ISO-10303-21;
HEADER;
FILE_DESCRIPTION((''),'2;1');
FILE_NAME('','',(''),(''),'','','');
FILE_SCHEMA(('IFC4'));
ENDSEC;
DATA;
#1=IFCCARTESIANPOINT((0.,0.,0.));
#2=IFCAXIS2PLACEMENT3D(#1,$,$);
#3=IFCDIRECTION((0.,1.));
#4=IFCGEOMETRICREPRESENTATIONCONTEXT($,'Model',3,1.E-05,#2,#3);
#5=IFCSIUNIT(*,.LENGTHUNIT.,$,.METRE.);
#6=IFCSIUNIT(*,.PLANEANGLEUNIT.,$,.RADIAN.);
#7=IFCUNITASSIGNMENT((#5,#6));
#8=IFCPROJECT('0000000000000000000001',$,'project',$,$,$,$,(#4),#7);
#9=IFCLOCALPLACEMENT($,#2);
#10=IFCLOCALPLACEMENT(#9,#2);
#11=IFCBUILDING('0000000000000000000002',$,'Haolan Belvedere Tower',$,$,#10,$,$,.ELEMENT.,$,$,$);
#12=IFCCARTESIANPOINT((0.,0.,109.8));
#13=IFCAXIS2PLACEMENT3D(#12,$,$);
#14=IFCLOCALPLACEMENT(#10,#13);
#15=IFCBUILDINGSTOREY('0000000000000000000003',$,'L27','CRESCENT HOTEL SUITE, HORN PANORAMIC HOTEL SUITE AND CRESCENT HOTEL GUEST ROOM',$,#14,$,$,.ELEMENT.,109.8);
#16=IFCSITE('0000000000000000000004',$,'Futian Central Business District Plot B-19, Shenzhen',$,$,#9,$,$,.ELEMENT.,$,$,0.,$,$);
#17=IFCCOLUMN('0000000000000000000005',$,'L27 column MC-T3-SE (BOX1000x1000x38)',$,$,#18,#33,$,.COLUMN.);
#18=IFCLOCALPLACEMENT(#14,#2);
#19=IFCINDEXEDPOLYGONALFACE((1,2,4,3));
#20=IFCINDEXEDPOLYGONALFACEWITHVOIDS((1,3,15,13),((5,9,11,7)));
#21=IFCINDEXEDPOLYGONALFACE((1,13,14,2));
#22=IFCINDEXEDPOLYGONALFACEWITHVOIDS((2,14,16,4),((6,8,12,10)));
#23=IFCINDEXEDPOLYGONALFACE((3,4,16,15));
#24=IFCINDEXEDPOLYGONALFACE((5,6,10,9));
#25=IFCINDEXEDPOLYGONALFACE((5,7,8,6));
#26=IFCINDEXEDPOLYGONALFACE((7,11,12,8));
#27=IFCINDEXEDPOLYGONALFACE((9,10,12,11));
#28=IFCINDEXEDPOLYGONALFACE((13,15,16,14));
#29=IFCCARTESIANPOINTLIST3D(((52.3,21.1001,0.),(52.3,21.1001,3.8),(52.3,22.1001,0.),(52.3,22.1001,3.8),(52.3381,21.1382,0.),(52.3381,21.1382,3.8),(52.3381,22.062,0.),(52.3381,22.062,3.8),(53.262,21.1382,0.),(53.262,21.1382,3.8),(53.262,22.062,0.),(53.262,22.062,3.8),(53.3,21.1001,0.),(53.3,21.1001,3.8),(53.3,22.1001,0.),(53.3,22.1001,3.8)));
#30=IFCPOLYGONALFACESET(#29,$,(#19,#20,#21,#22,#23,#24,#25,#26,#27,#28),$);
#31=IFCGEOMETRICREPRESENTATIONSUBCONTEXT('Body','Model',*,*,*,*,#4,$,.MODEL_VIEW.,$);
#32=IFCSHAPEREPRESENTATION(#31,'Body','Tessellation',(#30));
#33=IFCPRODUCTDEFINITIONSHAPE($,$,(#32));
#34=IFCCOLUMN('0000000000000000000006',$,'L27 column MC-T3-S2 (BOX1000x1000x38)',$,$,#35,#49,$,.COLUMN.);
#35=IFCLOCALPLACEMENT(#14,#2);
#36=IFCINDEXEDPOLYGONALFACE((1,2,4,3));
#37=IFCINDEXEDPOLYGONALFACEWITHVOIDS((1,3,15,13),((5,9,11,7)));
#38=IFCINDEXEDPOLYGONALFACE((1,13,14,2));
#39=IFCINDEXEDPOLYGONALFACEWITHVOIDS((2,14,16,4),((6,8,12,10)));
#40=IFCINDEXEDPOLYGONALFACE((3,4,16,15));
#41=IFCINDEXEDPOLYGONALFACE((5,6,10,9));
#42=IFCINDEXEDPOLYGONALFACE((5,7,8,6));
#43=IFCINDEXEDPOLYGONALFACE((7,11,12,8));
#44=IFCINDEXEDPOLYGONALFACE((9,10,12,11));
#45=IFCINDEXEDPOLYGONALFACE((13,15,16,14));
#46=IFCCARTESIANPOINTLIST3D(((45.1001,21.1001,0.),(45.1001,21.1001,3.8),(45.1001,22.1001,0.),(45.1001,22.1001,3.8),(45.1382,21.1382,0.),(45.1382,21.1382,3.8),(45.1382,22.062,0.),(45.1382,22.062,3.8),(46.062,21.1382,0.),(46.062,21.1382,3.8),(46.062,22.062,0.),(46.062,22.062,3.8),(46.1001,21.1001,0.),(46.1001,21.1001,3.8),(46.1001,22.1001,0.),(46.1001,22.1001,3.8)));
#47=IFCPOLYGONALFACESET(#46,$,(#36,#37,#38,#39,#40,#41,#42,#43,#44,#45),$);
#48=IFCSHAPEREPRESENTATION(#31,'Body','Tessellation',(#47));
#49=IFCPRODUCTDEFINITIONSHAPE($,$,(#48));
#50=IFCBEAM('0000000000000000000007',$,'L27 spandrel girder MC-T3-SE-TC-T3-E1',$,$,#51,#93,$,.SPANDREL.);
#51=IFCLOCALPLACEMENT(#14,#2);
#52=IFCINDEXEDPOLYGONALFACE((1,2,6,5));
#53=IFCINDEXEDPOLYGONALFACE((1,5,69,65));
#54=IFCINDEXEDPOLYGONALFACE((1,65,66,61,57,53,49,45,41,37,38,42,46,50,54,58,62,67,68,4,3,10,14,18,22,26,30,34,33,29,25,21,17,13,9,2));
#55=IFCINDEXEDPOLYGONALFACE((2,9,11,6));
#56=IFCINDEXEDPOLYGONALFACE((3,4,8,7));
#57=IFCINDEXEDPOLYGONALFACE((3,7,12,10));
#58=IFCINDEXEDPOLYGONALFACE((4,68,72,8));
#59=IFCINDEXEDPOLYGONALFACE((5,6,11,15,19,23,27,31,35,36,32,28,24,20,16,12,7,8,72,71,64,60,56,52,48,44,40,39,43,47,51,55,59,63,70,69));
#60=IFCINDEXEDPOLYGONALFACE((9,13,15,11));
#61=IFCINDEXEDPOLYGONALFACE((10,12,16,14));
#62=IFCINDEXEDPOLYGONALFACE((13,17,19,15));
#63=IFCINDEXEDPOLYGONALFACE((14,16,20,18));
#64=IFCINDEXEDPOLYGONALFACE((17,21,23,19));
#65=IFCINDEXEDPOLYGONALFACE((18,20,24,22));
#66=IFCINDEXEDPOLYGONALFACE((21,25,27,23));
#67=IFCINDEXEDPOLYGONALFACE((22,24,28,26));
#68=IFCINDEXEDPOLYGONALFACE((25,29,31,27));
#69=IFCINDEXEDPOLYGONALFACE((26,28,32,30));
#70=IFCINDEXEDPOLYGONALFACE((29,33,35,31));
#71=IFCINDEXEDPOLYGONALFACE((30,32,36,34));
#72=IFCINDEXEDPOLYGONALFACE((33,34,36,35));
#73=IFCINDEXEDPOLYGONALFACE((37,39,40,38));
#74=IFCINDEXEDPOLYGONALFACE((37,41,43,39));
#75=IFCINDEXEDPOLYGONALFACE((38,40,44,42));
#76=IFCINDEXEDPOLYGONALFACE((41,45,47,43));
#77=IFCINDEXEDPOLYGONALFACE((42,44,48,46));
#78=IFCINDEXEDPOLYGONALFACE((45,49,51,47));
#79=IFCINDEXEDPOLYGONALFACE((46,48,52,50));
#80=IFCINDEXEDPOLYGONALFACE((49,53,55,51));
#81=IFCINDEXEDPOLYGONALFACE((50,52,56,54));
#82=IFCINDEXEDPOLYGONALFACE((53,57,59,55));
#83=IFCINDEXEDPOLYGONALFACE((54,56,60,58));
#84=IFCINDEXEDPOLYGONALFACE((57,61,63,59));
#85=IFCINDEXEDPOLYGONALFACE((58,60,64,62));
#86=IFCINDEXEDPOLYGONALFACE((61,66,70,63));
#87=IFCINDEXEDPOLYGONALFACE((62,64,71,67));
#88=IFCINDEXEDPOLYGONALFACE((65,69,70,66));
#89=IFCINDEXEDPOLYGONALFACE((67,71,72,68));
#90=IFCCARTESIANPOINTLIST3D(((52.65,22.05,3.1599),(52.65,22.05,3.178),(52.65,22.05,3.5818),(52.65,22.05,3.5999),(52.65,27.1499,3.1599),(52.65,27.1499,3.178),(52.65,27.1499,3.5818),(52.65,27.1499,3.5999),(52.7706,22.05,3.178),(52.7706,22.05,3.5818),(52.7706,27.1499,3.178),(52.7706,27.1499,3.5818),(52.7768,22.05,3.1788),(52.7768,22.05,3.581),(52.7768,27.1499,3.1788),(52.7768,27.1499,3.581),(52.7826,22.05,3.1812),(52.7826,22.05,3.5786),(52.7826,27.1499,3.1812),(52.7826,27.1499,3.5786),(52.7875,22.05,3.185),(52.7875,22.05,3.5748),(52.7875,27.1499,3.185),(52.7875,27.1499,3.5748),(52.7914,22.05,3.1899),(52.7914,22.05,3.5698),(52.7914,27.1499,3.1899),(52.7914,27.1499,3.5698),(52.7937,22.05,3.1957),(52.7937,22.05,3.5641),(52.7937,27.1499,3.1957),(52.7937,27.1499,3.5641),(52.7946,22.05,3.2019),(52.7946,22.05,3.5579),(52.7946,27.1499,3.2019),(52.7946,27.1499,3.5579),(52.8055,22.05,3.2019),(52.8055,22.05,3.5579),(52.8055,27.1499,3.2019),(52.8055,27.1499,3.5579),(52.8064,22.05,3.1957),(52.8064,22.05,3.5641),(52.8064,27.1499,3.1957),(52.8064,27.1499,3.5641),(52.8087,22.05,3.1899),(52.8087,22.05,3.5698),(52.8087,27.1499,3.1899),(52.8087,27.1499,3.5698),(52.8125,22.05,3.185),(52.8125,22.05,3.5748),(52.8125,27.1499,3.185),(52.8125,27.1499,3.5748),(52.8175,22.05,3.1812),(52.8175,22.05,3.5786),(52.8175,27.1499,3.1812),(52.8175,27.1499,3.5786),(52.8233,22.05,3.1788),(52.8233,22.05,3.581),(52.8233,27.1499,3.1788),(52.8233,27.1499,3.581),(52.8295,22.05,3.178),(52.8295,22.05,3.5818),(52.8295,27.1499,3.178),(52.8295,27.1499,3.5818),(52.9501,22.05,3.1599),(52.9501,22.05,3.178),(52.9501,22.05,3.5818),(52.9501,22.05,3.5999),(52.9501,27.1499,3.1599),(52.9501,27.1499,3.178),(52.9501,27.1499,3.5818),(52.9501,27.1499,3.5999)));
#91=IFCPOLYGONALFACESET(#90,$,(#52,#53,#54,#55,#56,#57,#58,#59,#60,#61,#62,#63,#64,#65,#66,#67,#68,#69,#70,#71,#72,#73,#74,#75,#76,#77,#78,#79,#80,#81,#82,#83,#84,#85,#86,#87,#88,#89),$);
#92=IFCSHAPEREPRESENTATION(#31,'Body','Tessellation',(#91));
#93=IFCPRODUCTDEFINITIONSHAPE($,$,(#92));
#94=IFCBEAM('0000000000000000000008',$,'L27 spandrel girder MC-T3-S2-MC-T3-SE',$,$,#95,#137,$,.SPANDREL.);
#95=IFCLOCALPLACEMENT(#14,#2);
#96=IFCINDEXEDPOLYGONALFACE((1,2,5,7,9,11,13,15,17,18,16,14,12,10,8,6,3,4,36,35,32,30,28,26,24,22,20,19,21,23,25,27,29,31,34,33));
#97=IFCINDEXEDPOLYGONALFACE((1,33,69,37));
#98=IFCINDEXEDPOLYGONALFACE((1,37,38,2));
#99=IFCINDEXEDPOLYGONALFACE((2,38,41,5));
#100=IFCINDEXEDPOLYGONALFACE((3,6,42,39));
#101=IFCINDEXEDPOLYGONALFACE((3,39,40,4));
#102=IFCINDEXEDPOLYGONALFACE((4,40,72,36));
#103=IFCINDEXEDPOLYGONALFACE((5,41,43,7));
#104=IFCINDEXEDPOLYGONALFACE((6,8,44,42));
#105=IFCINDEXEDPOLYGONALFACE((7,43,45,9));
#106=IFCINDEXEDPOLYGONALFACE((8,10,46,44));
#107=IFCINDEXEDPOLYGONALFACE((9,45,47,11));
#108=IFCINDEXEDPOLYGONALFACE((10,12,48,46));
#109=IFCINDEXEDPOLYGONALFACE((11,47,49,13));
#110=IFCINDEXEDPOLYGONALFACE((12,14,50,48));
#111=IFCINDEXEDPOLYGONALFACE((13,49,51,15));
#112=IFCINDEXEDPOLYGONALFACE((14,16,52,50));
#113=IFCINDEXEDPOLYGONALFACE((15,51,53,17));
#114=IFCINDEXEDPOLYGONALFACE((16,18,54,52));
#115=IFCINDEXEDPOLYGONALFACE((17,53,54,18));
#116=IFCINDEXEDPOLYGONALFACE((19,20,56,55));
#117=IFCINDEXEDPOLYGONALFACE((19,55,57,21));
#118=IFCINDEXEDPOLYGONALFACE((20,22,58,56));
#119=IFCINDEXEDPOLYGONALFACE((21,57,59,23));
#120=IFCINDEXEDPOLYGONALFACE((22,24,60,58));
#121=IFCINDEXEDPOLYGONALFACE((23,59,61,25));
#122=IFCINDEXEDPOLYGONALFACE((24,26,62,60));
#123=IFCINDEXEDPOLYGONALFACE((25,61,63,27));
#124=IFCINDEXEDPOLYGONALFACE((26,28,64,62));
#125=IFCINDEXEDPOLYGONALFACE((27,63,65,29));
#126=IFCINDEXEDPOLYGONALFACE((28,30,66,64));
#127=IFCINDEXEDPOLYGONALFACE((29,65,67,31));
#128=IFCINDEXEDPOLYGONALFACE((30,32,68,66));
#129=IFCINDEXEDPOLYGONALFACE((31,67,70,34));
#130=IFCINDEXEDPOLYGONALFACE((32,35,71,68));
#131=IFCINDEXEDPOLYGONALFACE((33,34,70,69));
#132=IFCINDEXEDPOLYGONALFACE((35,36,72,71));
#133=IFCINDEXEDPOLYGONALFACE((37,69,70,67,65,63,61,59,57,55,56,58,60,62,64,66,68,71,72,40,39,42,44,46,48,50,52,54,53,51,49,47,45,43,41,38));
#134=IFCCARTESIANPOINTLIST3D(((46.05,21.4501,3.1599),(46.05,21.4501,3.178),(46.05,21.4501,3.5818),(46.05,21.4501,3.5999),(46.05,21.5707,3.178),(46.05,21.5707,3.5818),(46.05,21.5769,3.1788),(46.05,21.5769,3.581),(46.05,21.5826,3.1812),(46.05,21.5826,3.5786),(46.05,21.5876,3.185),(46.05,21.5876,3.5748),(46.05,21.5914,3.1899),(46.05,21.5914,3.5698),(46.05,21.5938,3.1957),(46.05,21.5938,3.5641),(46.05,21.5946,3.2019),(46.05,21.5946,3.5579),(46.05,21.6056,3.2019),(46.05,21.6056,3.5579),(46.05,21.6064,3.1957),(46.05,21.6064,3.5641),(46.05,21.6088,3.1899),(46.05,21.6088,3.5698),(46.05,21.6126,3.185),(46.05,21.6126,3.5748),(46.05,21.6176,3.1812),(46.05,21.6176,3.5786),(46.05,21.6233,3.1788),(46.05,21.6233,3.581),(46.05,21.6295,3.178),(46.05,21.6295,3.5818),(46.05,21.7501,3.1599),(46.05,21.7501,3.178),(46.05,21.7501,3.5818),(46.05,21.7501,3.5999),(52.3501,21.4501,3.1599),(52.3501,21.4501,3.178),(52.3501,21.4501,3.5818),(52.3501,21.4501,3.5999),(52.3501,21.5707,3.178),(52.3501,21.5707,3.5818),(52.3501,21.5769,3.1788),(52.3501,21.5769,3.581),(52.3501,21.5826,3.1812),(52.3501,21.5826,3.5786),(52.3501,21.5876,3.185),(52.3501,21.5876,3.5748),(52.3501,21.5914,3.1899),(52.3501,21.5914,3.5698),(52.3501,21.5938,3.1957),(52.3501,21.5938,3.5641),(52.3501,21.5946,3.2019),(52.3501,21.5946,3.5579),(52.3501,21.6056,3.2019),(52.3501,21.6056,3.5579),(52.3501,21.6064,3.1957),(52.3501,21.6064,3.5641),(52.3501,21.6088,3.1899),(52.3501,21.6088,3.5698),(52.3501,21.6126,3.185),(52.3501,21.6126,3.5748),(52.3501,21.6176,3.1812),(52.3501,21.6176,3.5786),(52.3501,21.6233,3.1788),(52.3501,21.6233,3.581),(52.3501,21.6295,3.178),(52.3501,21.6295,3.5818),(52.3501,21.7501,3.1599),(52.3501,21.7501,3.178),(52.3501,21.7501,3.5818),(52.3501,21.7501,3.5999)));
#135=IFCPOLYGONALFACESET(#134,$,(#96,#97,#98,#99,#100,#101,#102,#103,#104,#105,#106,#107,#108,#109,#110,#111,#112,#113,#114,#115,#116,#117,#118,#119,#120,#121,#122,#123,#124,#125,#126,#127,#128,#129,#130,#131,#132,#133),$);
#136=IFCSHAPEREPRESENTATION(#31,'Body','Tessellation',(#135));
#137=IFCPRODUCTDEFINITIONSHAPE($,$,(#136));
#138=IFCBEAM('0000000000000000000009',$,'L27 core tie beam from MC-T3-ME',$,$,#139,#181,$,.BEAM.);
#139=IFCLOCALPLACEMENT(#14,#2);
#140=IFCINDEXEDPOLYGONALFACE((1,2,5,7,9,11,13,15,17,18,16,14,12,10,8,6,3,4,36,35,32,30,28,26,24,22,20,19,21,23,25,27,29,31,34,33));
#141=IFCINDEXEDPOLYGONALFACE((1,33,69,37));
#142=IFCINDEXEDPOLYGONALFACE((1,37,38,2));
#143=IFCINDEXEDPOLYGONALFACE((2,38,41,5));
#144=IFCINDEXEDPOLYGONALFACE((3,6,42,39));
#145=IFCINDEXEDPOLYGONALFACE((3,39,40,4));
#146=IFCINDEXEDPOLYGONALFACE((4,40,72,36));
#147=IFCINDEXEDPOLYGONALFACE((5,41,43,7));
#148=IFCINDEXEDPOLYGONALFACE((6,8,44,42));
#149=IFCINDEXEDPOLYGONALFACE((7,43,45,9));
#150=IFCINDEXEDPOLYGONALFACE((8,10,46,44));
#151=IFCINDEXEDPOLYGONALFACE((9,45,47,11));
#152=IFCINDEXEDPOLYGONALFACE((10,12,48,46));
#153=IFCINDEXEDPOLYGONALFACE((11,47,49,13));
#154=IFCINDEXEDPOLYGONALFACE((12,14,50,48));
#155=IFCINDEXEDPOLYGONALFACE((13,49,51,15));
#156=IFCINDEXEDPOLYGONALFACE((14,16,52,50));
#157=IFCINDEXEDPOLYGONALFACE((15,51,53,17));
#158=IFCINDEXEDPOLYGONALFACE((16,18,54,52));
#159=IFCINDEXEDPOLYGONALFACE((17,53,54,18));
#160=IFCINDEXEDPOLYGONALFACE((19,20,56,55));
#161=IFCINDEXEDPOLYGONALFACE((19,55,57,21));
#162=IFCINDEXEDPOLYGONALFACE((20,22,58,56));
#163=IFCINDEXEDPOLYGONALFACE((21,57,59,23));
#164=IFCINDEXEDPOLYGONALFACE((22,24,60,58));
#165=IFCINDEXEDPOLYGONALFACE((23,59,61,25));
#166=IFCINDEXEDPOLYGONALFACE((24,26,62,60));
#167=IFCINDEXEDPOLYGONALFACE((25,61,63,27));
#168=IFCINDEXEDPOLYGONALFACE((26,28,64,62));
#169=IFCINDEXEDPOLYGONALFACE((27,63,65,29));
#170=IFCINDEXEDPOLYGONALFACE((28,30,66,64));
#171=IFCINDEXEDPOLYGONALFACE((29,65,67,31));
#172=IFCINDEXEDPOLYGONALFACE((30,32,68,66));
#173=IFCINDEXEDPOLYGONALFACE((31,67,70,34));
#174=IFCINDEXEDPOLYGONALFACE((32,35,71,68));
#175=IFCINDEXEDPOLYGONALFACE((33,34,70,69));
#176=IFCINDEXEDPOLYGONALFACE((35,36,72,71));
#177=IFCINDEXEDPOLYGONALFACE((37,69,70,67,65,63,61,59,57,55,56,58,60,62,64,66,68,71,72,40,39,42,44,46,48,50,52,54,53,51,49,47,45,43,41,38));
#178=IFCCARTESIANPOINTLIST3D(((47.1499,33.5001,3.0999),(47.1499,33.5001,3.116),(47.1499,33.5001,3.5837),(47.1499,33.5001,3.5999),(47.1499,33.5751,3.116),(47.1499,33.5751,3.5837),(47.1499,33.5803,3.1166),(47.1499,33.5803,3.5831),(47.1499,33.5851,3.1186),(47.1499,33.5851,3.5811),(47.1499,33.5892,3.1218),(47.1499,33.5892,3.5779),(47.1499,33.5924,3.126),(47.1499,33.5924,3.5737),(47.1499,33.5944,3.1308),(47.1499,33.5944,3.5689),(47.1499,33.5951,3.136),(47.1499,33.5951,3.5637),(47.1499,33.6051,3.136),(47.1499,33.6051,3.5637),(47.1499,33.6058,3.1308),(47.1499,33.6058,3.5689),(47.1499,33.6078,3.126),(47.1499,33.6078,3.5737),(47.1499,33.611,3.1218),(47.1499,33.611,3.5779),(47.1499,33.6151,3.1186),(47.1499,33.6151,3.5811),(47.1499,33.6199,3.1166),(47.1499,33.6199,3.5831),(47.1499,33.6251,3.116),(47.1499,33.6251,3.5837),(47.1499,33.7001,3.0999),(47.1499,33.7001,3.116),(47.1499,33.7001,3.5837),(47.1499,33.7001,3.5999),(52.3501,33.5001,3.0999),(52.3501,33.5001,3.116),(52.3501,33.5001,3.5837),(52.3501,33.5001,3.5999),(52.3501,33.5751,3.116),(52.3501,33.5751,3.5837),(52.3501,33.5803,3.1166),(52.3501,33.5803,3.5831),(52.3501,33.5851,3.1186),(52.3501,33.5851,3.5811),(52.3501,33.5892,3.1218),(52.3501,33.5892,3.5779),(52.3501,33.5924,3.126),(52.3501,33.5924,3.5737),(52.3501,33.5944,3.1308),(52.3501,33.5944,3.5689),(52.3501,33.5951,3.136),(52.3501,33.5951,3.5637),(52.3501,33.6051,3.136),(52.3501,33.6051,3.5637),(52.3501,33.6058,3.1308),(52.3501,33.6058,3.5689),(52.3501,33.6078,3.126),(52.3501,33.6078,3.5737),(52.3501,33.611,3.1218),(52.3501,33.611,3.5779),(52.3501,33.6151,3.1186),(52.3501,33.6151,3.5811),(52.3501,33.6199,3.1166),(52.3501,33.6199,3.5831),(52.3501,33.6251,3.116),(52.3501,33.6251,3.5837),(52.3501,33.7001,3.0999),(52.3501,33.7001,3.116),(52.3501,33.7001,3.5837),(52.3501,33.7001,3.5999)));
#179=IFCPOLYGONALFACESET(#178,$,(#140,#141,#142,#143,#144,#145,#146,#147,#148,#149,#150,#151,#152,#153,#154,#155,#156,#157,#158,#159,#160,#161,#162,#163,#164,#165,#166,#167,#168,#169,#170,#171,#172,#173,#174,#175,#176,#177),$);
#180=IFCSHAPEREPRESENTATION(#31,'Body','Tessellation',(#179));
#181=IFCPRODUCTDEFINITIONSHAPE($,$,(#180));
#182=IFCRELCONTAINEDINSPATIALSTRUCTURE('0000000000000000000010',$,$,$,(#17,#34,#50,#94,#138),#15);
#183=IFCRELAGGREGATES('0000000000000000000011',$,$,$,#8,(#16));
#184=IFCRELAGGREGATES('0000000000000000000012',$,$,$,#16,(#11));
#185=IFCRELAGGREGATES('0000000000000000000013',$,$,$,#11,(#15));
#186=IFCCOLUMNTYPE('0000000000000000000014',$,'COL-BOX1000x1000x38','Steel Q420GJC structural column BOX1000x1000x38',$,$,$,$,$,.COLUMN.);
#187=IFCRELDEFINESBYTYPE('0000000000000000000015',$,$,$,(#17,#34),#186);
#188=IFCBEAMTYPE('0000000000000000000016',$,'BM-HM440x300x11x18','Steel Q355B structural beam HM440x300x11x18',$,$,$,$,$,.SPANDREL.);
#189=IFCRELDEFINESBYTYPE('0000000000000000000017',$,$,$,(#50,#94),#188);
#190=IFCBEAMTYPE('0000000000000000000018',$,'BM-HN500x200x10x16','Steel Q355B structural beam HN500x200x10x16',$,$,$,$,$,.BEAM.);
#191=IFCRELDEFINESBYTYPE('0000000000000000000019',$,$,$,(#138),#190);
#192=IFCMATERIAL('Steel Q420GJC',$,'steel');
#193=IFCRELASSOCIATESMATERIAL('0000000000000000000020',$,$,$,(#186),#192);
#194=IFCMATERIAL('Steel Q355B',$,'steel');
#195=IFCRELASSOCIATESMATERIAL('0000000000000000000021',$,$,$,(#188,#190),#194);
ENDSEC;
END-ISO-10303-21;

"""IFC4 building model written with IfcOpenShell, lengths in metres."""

from ifc_helpers import new_model, si_unit, direction, frame, origin, origin_2d, place, context, subcontext, project, spatial, hollow_rectangle, i_section, extrude, material, material_profile, profile_set, type_object, element, save


model = new_model("IFC4")

# Units and contexts
model_context = context("Model", 3, precision=1e-05, world=origin(), true_north=direction((0.0, 1.0)))
body_context = subcontext(model_context, "Body", "Model", "MODEL_VIEW")
ifc_project = project(units=[si_unit("LENGTHUNIT", "METRE"), si_unit("PLANEANGLEUNIT", "RADIAN")], contexts=[model_context])

# Site, building, storey
site_placement = place(None, origin())
site = spatial("IfcSite", under=ifc_project, at=site_placement, Name="Futian Central Business District Plot B-19, Shenzhen", CompositionType="ELEMENT", RefElevation=0.0)
building_placement = place(site_placement, origin())
building = spatial("IfcBuilding", under=site, at=building_placement, Name="Haolan Belvedere Tower", CompositionType="ELEMENT")
storey_placement = place(building_placement, frame((0.0, 0.0, 109.8)))
storey = spatial("IfcBuildingStorey", under=building, at=storey_placement, Name="L27", Description="CRESCENT HOTEL SUITE, HORN PANORAMIC HOTEL SUITE AND CRESCENT HOTEL GUEST ROOM", CompositionType="ELEMENT", Elevation=109.8)

# Columns
ifc_material_1 = material(Name="Steel Q420GJC", Category="steel")
ifc_material_profile_1 = material_profile(ifc_material_1, hollow_rectangle(XDim=1.0, YDim=1.0, WallThickness=0.0381, at=origin_2d()), Name="Steel Q420GJC")
ifc_profile_set_1 = profile_set([ifc_material_profile_1], Name="Steel Q420GJC")
column_type = type_object("IfcColumnType", Name="COL-BOX1000x1000x38", Description="Steel Q420GJC structural column BOX1000x1000x38", PredefinedType="COLUMN", material=ifc_profile_set_1)
for number, where, z_axis, x_axis, name in (
    (1, (52.8, 21.6001, 0.0), (0.0, 0.0, 1.0), (1.0, 0.0, 0.0), "L27 column MC-T3-SE (BOX1000x1000x38)"),
    (2, (45.6001, 21.6001, 0.0), (0.0, 0.0, 1.0), (1.0, 0.0, 0.0), "L27 column MC-T3-S2 (BOX1000x1000x38)"),
):
    element("IfcColumn", number, at=place(storey_placement, frame(where, z_axis=z_axis, x_axis=x_axis)), inside=storey, type_object=column_type, Name=name, PredefinedType="COLUMN", context=body_context, shape_type="SweptSolid", body=[
        extrude(hollow_rectangle(XDim=1.0, YDim=1.0, WallThickness=0.0381, at=origin_2d()), origin(), (0.0, 0.0, 1.0), 3.8),
    ])

# Beams
ifc_material_2 = material(Name="Steel Q355B", Category="steel")
ifc_material_profile_2 = material_profile(ifc_material_2, i_section(OverallWidth=0.3, OverallDepth=0.4399, WebThickness=0.011, FlangeThickness=0.0181, FilletRadius=0.0239, at=origin_2d()), Name="Steel Q355B")
ifc_profile_set_2 = profile_set([ifc_material_profile_2], Name="Steel Q355B")
beam_type_1 = type_object("IfcBeamType", Name="BM-HM440x300x11x18", Description="Steel Q355B structural beam HM440x300x11x18", PredefinedType="SPANDREL", material=ifc_profile_set_2)
beam_1_placement = place(storey_placement, frame((52.8, 22.05, 3.3799), z_axis=(0.0, 1.0, 0.0), x_axis=(-1.0, 0.0, 0.0)))
element("IfcBeam", 3, at=beam_1_placement, inside=storey, type_object=beam_type_1, Name="L27 spandrel girder MC-T3-SE-TC-T3-E1", PredefinedType="SPANDREL", context=body_context, shape_type="SweptSolid", body=[
    extrude(i_section(OverallWidth=0.3, OverallDepth=0.4399, WebThickness=0.011, FlangeThickness=0.0181, FilletRadius=0.0239, at=origin_2d()), origin(), (0.0, 0.0, 1.0), 5.0999),
])
beam_2_placement = place(storey_placement, frame((46.05, 21.6001, 3.3799), z_axis=(1.0, 0.0, 0.0), x_axis=(0.0, 1.0, 0.0)))
element("IfcBeam", 4, at=beam_2_placement, inside=storey, type_object=beam_type_1, Name="L27 spandrel girder MC-T3-S2-MC-T3-SE", PredefinedType="SPANDREL", context=body_context, shape_type="SweptSolid", body=[
    extrude(i_section(OverallWidth=0.3, OverallDepth=0.4399, WebThickness=0.011, FlangeThickness=0.0181, FilletRadius=0.0239, at=origin_2d()), origin(), (0.0, 0.0, 1.0), 6.3),
])
ifc_material_profile_3 = material_profile(ifc_material_2, i_section(OverallWidth=0.2, OverallDepth=0.5, WebThickness=0.01, FlangeThickness=0.0161, FilletRadius=0.02, at=origin_2d()), Name="Steel Q355B")
ifc_profile_set_3 = profile_set([ifc_material_profile_3], Name="Steel Q355B")
beam_type_2 = type_object("IfcBeamType", Name="BM-HN500x200x10x16", Description="Steel Q355B structural beam HN500x200x10x16", PredefinedType="BEAM", material=ifc_profile_set_3)
for number, where, z_axis, x_axis, name in (
    (5, (52.3501, 33.6001, 3.3499), (-1.0, 0.0, 0.0), (0.0, -1.0, 0.0), "L27 core tie beam from MC-T3-ME"),
):
    element("IfcBeam", number, at=place(storey_placement, frame(where, z_axis=z_axis, x_axis=x_axis)), inside=storey, type_object=beam_type_2, Name=name, PredefinedType="BEAM", context=body_context, shape_type="SweptSolid", body=[
        extrude(i_section(OverallWidth=0.2, OverallDepth=0.5, WebThickness=0.01, FlangeThickness=0.0161, FilletRadius=0.02, at=origin_2d()), origin(), (0.0, 0.0, 1.0), 5.2002),
    ])

save(model, "model.ifc")
